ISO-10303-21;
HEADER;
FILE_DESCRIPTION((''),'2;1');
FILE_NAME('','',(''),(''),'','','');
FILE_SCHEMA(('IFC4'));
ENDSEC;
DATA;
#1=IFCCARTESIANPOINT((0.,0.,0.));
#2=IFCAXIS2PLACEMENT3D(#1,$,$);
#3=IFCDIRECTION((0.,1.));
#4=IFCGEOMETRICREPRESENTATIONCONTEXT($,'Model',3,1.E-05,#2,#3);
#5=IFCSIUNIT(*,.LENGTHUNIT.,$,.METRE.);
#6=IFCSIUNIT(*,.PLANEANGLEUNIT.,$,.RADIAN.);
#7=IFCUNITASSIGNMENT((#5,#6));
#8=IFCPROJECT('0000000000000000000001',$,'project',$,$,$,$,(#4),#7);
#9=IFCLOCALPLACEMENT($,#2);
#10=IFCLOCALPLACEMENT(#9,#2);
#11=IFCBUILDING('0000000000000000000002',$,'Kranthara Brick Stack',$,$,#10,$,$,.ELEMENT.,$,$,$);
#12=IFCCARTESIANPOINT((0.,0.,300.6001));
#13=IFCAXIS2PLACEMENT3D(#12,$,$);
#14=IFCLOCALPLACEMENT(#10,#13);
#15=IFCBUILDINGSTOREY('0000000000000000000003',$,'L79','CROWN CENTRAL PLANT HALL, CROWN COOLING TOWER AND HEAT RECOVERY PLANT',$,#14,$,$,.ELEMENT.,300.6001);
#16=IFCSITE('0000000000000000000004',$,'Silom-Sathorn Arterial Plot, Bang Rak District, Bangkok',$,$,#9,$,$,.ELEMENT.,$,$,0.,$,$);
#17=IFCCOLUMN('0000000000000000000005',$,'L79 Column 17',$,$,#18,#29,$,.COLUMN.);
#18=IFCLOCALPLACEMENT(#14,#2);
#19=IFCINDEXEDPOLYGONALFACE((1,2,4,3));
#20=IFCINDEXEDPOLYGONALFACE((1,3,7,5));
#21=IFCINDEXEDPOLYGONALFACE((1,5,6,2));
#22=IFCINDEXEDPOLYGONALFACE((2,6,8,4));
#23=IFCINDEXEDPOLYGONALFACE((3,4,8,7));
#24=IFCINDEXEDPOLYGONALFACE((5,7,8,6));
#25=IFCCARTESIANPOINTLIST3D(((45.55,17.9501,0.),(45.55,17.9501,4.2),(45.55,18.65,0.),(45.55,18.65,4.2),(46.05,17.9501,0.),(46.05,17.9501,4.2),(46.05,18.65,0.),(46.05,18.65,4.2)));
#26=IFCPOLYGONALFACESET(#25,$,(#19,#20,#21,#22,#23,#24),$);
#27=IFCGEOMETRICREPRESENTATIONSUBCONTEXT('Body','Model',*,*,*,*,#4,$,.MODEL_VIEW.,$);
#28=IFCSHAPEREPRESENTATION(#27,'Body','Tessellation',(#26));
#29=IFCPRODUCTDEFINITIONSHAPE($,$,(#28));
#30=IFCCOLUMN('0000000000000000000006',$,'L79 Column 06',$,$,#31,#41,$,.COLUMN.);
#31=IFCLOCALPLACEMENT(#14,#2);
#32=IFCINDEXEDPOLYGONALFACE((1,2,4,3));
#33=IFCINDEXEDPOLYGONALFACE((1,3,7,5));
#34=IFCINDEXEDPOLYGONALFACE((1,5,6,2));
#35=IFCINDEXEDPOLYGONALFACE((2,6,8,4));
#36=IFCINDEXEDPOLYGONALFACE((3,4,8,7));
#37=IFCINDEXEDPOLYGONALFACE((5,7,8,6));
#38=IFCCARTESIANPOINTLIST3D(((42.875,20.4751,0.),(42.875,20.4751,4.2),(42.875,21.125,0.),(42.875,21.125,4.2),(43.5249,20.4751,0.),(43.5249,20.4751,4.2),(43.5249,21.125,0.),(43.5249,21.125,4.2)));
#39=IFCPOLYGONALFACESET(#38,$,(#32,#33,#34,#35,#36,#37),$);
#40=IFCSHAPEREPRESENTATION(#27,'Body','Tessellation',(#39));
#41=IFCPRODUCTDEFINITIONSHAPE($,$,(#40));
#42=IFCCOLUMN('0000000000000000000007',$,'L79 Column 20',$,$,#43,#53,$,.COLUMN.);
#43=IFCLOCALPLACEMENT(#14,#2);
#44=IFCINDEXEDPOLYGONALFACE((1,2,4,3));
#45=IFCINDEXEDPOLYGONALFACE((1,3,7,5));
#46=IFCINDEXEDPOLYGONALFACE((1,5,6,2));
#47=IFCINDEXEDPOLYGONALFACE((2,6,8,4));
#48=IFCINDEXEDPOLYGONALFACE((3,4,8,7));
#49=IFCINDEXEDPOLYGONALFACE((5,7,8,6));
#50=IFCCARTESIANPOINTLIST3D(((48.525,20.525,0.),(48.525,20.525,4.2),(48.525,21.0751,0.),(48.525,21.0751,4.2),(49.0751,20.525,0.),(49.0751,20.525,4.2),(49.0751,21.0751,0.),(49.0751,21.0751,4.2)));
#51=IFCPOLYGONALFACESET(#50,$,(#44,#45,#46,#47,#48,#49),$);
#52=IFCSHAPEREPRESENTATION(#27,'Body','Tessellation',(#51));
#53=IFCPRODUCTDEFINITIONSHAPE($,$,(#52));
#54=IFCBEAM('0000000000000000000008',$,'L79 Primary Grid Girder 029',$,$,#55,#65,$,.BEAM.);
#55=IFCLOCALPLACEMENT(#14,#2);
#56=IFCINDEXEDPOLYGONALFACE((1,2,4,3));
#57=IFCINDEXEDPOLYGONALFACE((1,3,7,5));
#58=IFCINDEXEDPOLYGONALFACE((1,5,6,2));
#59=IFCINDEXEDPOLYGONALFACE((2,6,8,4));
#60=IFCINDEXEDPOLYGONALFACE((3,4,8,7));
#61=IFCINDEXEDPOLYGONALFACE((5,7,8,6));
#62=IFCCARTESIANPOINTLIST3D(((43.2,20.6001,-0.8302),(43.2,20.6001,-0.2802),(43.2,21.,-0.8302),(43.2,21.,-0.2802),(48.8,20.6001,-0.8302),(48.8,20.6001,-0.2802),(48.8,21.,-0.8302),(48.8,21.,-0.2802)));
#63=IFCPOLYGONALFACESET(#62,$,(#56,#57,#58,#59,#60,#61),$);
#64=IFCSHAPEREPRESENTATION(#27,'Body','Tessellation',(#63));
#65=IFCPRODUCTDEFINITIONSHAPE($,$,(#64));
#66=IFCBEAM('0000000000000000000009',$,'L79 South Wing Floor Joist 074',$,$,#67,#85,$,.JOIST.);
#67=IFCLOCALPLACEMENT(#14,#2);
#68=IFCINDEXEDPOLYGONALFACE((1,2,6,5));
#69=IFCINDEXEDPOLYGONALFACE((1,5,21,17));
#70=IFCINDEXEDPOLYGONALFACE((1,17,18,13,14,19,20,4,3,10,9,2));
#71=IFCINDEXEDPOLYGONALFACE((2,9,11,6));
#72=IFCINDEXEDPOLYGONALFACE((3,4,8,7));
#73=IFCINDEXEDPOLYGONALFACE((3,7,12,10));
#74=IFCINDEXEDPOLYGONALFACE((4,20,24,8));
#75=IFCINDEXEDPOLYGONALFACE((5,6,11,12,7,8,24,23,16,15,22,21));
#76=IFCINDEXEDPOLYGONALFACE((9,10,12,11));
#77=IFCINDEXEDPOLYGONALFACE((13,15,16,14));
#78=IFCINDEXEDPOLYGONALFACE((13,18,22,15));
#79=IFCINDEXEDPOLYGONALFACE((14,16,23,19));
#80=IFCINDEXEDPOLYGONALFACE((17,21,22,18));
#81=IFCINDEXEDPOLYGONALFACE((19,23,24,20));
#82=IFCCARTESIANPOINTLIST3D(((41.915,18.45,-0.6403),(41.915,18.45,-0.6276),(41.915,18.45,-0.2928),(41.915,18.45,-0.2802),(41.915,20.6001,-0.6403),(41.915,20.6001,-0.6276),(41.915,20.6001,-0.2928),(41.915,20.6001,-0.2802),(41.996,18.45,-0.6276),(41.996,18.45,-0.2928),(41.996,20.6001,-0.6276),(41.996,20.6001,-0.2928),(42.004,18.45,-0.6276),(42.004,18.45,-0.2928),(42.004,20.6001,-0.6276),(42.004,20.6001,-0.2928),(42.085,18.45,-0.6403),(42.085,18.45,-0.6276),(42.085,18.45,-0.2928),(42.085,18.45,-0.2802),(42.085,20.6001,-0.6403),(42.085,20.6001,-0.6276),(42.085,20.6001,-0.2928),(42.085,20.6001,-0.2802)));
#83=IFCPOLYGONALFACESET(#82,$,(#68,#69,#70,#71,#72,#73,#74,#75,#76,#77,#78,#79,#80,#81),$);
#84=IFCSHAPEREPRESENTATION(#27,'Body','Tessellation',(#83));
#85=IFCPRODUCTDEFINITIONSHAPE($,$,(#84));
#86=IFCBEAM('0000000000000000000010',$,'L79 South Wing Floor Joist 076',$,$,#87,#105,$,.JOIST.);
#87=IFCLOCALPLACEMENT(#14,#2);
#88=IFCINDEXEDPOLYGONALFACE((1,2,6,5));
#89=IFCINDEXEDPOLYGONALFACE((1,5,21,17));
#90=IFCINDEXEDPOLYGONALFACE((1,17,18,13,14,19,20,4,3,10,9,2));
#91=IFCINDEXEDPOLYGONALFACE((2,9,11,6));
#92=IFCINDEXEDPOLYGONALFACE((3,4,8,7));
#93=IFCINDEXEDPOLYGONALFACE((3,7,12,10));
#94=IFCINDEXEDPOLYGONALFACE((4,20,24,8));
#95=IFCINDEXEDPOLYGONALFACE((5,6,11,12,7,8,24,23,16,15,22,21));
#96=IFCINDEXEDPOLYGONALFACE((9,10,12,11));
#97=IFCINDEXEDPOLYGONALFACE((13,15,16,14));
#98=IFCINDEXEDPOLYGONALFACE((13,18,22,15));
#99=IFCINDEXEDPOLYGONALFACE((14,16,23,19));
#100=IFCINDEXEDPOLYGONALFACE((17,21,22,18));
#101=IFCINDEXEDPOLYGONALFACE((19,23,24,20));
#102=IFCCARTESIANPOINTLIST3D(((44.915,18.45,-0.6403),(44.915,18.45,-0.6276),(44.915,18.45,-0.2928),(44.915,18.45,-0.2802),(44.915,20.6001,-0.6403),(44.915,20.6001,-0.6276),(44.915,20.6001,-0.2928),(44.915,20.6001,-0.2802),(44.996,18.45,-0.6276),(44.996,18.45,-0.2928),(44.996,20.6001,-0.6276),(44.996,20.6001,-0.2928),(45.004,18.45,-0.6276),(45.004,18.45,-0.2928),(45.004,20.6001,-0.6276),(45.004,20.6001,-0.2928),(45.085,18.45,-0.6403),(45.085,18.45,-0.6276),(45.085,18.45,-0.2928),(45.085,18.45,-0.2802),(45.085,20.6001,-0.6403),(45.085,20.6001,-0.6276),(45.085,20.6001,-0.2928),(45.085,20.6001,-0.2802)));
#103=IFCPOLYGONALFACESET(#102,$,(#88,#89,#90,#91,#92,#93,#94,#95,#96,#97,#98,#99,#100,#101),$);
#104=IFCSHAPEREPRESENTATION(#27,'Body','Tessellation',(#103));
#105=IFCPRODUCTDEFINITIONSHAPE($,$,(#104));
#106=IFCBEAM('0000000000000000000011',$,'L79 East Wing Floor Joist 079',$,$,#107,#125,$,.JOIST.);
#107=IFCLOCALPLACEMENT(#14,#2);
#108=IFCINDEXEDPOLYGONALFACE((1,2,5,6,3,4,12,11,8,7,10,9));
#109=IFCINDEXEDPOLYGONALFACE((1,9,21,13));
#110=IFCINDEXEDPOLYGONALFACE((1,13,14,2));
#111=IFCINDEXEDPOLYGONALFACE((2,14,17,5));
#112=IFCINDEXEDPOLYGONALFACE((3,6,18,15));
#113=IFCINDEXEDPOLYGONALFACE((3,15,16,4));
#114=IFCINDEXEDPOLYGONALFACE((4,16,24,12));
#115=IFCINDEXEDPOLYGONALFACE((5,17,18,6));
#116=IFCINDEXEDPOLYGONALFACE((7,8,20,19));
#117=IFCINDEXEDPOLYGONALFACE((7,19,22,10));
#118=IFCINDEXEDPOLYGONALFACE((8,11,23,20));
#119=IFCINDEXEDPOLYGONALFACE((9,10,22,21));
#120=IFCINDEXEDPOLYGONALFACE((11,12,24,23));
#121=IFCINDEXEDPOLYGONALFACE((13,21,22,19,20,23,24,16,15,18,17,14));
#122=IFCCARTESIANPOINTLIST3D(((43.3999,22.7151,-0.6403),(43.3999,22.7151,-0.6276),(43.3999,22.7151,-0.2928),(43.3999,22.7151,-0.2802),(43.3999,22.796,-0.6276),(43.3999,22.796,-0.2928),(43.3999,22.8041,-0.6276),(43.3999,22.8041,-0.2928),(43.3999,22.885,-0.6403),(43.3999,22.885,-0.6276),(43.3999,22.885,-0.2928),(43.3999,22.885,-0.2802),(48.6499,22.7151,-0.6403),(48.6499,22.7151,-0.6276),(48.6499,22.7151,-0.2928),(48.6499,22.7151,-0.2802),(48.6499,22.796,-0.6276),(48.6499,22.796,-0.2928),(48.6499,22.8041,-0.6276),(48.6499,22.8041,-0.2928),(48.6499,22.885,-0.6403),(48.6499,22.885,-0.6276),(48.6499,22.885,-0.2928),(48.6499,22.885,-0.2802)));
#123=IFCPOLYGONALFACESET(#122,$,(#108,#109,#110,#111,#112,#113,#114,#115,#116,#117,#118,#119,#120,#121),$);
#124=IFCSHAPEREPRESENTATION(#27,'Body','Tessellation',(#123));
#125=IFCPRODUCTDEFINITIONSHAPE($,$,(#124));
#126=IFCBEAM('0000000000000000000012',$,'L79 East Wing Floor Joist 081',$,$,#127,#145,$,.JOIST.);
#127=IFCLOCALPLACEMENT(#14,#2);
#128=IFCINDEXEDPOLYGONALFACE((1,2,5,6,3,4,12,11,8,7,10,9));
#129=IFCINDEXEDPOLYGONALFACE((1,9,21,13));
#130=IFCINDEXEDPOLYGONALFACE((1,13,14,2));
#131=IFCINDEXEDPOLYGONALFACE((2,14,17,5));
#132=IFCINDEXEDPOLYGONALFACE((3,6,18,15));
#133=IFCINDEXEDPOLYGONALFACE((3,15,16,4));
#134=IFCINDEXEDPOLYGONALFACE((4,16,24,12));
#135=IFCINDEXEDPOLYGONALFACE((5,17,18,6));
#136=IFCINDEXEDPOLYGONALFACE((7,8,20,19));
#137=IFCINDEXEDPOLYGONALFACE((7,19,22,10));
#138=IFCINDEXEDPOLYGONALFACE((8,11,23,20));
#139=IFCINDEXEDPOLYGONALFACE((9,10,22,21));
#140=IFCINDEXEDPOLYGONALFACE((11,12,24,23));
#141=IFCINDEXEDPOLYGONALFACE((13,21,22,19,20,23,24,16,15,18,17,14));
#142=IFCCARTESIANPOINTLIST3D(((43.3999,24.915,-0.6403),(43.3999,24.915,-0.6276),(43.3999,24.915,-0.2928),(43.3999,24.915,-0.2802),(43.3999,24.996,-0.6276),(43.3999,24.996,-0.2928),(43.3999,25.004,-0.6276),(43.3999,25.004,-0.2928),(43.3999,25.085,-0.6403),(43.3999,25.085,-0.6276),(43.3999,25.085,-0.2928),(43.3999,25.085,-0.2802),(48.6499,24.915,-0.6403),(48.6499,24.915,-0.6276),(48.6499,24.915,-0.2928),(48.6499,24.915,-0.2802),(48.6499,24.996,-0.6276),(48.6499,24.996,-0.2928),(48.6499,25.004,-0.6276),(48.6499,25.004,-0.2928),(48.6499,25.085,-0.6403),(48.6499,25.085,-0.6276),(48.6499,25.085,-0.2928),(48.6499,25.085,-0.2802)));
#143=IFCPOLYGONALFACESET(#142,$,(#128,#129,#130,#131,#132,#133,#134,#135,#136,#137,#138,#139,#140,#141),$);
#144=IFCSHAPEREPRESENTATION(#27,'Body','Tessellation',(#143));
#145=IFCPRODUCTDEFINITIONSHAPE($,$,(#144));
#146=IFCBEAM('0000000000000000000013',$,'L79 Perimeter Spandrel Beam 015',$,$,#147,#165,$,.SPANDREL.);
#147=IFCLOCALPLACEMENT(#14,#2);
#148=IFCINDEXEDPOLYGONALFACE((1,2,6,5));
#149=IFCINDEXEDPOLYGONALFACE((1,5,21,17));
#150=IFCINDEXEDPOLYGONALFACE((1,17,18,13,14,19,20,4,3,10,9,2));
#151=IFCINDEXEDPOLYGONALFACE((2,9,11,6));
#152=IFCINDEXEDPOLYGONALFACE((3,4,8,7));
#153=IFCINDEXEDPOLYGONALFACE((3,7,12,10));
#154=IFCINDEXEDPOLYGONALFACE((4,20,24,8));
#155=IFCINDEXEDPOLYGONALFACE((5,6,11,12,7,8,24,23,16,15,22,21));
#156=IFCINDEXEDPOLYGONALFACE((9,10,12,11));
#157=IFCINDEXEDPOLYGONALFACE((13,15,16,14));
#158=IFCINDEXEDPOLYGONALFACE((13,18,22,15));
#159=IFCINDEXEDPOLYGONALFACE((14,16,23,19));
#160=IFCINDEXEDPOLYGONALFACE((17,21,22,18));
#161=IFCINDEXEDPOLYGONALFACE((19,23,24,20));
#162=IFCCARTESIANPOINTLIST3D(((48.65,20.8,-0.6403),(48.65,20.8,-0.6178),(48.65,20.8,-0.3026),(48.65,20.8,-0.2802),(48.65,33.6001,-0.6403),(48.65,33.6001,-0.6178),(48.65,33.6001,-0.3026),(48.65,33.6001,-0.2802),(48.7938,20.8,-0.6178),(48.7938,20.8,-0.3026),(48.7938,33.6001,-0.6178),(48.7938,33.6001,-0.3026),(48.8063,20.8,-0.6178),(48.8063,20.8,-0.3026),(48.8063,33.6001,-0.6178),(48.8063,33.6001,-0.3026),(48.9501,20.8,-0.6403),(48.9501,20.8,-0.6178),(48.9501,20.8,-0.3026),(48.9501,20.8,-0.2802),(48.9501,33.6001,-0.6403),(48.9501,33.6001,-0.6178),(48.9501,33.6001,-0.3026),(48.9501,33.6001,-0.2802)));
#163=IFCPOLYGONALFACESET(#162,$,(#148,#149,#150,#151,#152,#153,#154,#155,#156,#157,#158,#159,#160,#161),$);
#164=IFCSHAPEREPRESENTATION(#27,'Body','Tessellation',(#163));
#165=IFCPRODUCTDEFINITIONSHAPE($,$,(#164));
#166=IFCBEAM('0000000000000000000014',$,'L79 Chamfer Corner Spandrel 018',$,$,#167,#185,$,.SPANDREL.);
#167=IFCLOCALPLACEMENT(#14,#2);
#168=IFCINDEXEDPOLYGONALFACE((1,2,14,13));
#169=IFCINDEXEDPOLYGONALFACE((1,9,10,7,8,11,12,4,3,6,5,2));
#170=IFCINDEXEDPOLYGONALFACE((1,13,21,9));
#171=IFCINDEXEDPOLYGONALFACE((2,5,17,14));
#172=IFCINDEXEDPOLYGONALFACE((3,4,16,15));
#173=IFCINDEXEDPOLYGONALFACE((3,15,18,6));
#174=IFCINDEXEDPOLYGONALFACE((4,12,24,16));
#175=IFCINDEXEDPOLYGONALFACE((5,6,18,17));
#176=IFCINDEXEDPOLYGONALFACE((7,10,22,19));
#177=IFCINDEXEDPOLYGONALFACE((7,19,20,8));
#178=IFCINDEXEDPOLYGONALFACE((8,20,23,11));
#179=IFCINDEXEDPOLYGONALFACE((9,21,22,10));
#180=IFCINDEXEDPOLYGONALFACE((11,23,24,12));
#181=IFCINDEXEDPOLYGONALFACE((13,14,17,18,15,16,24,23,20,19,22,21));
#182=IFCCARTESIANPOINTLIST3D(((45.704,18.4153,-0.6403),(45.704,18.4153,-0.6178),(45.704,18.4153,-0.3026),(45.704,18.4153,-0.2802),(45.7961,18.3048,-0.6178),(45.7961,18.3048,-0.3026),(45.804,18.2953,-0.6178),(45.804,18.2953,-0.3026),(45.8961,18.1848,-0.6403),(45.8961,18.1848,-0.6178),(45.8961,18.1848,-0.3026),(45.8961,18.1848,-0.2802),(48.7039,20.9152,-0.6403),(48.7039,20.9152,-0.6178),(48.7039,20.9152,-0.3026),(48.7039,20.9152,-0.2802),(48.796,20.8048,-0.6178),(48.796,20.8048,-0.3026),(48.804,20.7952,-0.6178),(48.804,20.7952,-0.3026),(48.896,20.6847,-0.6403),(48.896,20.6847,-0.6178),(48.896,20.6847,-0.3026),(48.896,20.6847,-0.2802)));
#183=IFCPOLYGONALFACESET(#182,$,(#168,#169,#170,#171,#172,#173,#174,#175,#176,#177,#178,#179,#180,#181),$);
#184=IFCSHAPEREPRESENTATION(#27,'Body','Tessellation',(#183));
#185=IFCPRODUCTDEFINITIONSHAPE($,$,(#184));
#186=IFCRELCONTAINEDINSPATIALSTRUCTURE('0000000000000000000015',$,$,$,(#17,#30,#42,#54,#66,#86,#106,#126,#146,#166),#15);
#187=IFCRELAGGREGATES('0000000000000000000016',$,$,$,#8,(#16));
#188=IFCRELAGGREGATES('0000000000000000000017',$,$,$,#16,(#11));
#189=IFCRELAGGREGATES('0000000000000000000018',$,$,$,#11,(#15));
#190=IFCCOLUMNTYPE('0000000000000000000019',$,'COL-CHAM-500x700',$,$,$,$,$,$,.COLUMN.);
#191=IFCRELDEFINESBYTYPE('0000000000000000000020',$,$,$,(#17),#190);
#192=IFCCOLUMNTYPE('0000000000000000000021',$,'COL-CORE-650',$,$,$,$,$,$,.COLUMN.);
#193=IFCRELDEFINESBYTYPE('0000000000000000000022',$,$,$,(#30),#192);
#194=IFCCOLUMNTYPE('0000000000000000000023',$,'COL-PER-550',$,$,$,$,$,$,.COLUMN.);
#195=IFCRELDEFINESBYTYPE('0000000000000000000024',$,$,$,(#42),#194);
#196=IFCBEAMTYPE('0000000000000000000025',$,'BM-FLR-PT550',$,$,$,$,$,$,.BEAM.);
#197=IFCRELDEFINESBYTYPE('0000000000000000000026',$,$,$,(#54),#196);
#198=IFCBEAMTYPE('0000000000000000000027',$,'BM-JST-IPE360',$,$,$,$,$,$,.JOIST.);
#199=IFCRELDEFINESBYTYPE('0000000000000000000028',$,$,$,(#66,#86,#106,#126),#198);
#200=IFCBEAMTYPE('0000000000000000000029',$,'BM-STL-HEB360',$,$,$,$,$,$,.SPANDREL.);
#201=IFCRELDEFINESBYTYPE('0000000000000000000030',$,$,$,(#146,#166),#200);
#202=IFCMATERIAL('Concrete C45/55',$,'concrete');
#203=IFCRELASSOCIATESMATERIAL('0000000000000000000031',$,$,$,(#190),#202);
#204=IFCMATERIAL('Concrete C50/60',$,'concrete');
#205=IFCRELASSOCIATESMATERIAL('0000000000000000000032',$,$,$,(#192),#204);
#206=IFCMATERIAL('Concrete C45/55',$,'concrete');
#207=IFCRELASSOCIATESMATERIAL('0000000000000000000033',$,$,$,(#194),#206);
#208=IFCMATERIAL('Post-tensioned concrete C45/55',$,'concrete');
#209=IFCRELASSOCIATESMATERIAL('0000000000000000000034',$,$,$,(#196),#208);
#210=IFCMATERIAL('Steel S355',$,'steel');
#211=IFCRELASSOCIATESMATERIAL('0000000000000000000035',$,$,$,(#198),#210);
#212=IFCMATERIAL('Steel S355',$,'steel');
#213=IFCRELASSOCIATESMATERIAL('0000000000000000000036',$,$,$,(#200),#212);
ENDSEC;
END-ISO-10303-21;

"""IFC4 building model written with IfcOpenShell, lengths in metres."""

from ifc_helpers import new_model, si_unit, direction, frame, origin, origin_2d, place, context, subcontext, project, spatial, rectangle, i_section, extrude, material, material_profile, profile_set, type_object, element, save


model = new_model("IFC4")

# Units and contexts
model_context = context("Model", 3, precision=1e-05, world=origin(), true_north=direction((0.0, 1.0)))
body_context = subcontext(model_context, "Body", "Model", "MODEL_VIEW")
ifc_project = project(units=[si_unit("LENGTHUNIT", "METRE"), si_unit("PLANEANGLEUNIT", "RADIAN")], contexts=[model_context])

# Site, building, storey
site_placement = place(None, origin())
site = spatial("IfcSite", under=ifc_project, at=site_placement, Name="Silom-Sathorn Arterial Plot, Bang Rak District, Bangkok", CompositionType="ELEMENT", RefElevation=0.0)
building_placement = place(site_placement, origin())
building = spatial("IfcBuilding", under=site, at=building_placement, Name="Kranthara Brick Stack", CompositionType="ELEMENT")
storey_placement = place(building_placement, frame((0.0, 0.0, 300.6001)))
storey = spatial("IfcBuildingStorey", under=building, at=storey_placement, Name="L79", Description="CROWN CENTRAL PLANT HALL, CROWN COOLING TOWER AND HEAT RECOVERY PLANT", CompositionType="ELEMENT", Elevation=300.6001)

# Columns
ifc_material_1 = material(Name="Concrete C45/55", Category="concrete")
ifc_material_profile_1 = material_profile(ifc_material_1, rectangle(XDim=0.5, YDim=0.7, at=origin_2d()), Name="RC 500x700")
ifc_profile_set_1 = profile_set([ifc_material_profile_1], Name="Concrete C45/55")
column_type_1 = type_object("IfcColumnType", Name="COL-CHAM-500x700", PredefinedType="COLUMN", material=ifc_profile_set_1)
column_1_placement = place(storey_placement, frame((45.8, 18.3, 0.0), z_axis=(0.0, 0.0, 1.0), x_axis=(1.0, 0.0, 0.0)))
element("IfcColumn", 1, at=column_1_placement, inside=storey, type_object=column_type_1, Name="L79 Column 17", PredefinedType="COLUMN", context=body_context, shape_type="SweptSolid", body=[
    extrude(rectangle(XDim=0.5, YDim=0.7, at=origin_2d()), origin(), (0.0, 0.0, 1.0), 4.2),
])
ifc_material_2 = material(Name="Concrete C50/60", Category="concrete")
ifc_material_profile_2 = material_profile(ifc_material_2, rectangle(XDim=0.6499, YDim=0.6499, at=origin_2d()), Name="RC 650x650")
ifc_profile_set_2 = profile_set([ifc_material_profile_2], Name="Concrete C50/60")
column_type_2 = type_object("IfcColumnType", Name="COL-CORE-650", PredefinedType="COLUMN", material=ifc_profile_set_2)
column_2_placement = place(storey_placement, frame((43.2, 20.8, 0.0), z_axis=(0.0, 0.0, 1.0), x_axis=(1.0, 0.0, 0.0)))
element("IfcColumn", 2, at=column_2_placement, inside=storey, type_object=column_type_2, Name="L79 Column 06", PredefinedType="COLUMN", context=body_context, shape_type="SweptSolid", body=[
    extrude(rectangle(XDim=0.6499, YDim=0.6499, at=origin_2d()), origin(), (0.0, 0.0, 1.0), 4.2),
])
ifc_material_3 = material(Name="Concrete C45/55", Category="concrete")
ifc_material_profile_3 = material_profile(ifc_material_3, rectangle(XDim=0.55, YDim=0.55, at=origin_2d()), Name="RC 550x550")
ifc_profile_set_3 = profile_set([ifc_material_profile_3], Name="Concrete C45/55")
column_type_3 = type_object("IfcColumnType", Name="COL-PER-550", PredefinedType="COLUMN", material=ifc_profile_set_3)
column_3_placement = place(storey_placement, frame((48.8, 20.8, 0.0), z_axis=(0.0, 0.0, 1.0), x_axis=(1.0, 0.0, 0.0)))
element("IfcColumn", 3, at=column_3_placement, inside=storey, type_object=column_type_3, Name="L79 Column 20", PredefinedType="COLUMN", context=body_context, shape_type="SweptSolid", body=[
    extrude(rectangle(XDim=0.55, YDim=0.55, at=origin_2d()), origin(), (0.0, 0.0, 1.0), 4.2),
])

# Beams
ifc_material_4 = material(Name="Post-tensioned concrete C45/55", Category="concrete")
ifc_material_profile_4 = material_profile(ifc_material_4, rectangle(XDim=0.3999, YDim=0.55, at=origin_2d()), Name="PT 400x550")
ifc_profile_set_4 = profile_set([ifc_material_profile_4], Name="Post-tensioned concrete C45/55")
beam_type_1 = type_object("IfcBeamType", Name="BM-FLR-PT550", PredefinedType="BEAM", material=ifc_profile_set_4)
beam_1_placement = place(storey_placement, frame((43.2, 20.8, -0.5552), z_axis=(1.0, 0.0, 0.0), x_axis=(0.0, 1.0, 0.0)))
element("IfcBeam", 4, at=beam_1_placement, inside=storey, type_object=beam_type_1, Name="L79 Primary Grid Girder 029", PredefinedType="BEAM", context=body_context, shape_type="SweptSolid", body=[
    extrude(rectangle(XDim=0.3999, YDim=0.55, at=origin_2d()), origin(), (0.0, 0.0, 1.0), 5.6001),
])
ifc_material_5 = material(Name="Steel S355", Category="steel")
ifc_material_profile_5 = material_profile(ifc_material_5, i_section(OverallWidth=0.1699, OverallDepth=0.3601, WebThickness=0.0081, FlangeThickness=0.0127, at=origin_2d()), Name="IPE 360")
ifc_profile_set_5 = profile_set([ifc_material_profile_5], Name="Steel S355")
beam_type_2 = type_object("IfcBeamType", Name="BM-JST-IPE360", PredefinedType="JOIST", material=ifc_profile_set_5)
for number, where, z_axis, x_axis, name in (
    (5, (42.0, 18.45, -0.4602), (0.0, 1.0, 0.0), (-1.0, 0.0, 0.0), "L79 South Wing Floor Joist 074"),
    (6, (45.0, 18.45, -0.4602), (0.0, 1.0, 0.0), (-1.0, 0.0, 0.0), "L79 South Wing Floor Joist 076"),
):
    element("IfcBeam", number, at=place(storey_placement, frame(where, z_axis=z_axis, x_axis=x_axis)), inside=storey, type_object=beam_type_2, Name=name, PredefinedType="JOIST", context=body_context, shape_type="SweptSolid", body=[
        extrude(i_section(OverallWidth=0.1699, OverallDepth=0.3601, WebThickness=0.0081, FlangeThickness=0.0127, at=origin_2d()), origin(), (0.0, 0.0, 1.0), 2.1501),
    ])
for number, where, z_axis, x_axis, name in (
    (7, (43.3999, 22.8, -0.4602), (1.0, 0.0, 0.0), (0.0, 1.0, 0.0), "L79 East Wing Floor Joist 079"),
    (8, (43.3999, 25.0, -0.4602), (1.0, 0.0, 0.0), (0.0, 1.0, 0.0), "L79 East Wing Floor Joist 081"),
):
    element("IfcBeam", number, at=place(storey_placement, frame(where, z_axis=z_axis, x_axis=x_axis)), inside=storey, type_object=beam_type_2, Name=name, PredefinedType="JOIST", context=body_context, shape_type="SweptSolid", body=[
        extrude(i_section(OverallWidth=0.1699, OverallDepth=0.3601, WebThickness=0.0081, FlangeThickness=0.0127, at=origin_2d()), origin(), (0.0, 0.0, 1.0), 5.25),
    ])
ifc_material_6 = material(Name="Steel S355", Category="steel")
ifc_material_profile_6 = material_profile(ifc_material_6, i_section(OverallWidth=0.3, OverallDepth=0.3601, WebThickness=0.0125, FlangeThickness=0.0225, at=origin_2d()), Name="HEB 360")
ifc_profile_set_6 = profile_set([ifc_material_profile_6], Name="Steel S355")
beam_type_3 = type_object("IfcBeamType", Name="BM-STL-HEB360", PredefinedType="SPANDREL", material=ifc_profile_set_6)
beam_2_placement = place(storey_placement, frame((48.8, 20.8, -0.4602), z_axis=(0.0, 1.0, 0.0), x_axis=(-1.0, 0.0, 0.0)))
element("IfcBeam", 9, at=beam_2_placement, inside=storey, type_object=beam_type_3, Name="L79 Perimeter Spandrel Beam 015", PredefinedType="SPANDREL", context=body_context, shape_type="SweptSolid", body=[
    extrude(i_section(OverallWidth=0.3, OverallDepth=0.3601, WebThickness=0.0125, FlangeThickness=0.0225, at=origin_2d()), origin(), (0.0, 0.0, 1.0), 12.8),
])
beam_3_placement = place(storey_placement, frame((45.8, 18.3, -0.4602), z_axis=(0.768221, 0.640184, 0.0), x_axis=(-0.640184, 0.768221, 0.0)))
element("IfcBeam", 10, at=beam_3_placement, inside=storey, type_object=beam_type_3, Name="L79 Chamfer Corner Spandrel 018", PredefinedType="SPANDREL", context=body_context, shape_type="SweptSolid", body=[
    extrude(i_section(OverallWidth=0.3, OverallDepth=0.3601, WebThickness=0.0125, FlangeThickness=0.0225, at=origin_2d()), origin(), (0.0, 0.0, 1.0), 3.905),
])

save(model, "model.ifc")
